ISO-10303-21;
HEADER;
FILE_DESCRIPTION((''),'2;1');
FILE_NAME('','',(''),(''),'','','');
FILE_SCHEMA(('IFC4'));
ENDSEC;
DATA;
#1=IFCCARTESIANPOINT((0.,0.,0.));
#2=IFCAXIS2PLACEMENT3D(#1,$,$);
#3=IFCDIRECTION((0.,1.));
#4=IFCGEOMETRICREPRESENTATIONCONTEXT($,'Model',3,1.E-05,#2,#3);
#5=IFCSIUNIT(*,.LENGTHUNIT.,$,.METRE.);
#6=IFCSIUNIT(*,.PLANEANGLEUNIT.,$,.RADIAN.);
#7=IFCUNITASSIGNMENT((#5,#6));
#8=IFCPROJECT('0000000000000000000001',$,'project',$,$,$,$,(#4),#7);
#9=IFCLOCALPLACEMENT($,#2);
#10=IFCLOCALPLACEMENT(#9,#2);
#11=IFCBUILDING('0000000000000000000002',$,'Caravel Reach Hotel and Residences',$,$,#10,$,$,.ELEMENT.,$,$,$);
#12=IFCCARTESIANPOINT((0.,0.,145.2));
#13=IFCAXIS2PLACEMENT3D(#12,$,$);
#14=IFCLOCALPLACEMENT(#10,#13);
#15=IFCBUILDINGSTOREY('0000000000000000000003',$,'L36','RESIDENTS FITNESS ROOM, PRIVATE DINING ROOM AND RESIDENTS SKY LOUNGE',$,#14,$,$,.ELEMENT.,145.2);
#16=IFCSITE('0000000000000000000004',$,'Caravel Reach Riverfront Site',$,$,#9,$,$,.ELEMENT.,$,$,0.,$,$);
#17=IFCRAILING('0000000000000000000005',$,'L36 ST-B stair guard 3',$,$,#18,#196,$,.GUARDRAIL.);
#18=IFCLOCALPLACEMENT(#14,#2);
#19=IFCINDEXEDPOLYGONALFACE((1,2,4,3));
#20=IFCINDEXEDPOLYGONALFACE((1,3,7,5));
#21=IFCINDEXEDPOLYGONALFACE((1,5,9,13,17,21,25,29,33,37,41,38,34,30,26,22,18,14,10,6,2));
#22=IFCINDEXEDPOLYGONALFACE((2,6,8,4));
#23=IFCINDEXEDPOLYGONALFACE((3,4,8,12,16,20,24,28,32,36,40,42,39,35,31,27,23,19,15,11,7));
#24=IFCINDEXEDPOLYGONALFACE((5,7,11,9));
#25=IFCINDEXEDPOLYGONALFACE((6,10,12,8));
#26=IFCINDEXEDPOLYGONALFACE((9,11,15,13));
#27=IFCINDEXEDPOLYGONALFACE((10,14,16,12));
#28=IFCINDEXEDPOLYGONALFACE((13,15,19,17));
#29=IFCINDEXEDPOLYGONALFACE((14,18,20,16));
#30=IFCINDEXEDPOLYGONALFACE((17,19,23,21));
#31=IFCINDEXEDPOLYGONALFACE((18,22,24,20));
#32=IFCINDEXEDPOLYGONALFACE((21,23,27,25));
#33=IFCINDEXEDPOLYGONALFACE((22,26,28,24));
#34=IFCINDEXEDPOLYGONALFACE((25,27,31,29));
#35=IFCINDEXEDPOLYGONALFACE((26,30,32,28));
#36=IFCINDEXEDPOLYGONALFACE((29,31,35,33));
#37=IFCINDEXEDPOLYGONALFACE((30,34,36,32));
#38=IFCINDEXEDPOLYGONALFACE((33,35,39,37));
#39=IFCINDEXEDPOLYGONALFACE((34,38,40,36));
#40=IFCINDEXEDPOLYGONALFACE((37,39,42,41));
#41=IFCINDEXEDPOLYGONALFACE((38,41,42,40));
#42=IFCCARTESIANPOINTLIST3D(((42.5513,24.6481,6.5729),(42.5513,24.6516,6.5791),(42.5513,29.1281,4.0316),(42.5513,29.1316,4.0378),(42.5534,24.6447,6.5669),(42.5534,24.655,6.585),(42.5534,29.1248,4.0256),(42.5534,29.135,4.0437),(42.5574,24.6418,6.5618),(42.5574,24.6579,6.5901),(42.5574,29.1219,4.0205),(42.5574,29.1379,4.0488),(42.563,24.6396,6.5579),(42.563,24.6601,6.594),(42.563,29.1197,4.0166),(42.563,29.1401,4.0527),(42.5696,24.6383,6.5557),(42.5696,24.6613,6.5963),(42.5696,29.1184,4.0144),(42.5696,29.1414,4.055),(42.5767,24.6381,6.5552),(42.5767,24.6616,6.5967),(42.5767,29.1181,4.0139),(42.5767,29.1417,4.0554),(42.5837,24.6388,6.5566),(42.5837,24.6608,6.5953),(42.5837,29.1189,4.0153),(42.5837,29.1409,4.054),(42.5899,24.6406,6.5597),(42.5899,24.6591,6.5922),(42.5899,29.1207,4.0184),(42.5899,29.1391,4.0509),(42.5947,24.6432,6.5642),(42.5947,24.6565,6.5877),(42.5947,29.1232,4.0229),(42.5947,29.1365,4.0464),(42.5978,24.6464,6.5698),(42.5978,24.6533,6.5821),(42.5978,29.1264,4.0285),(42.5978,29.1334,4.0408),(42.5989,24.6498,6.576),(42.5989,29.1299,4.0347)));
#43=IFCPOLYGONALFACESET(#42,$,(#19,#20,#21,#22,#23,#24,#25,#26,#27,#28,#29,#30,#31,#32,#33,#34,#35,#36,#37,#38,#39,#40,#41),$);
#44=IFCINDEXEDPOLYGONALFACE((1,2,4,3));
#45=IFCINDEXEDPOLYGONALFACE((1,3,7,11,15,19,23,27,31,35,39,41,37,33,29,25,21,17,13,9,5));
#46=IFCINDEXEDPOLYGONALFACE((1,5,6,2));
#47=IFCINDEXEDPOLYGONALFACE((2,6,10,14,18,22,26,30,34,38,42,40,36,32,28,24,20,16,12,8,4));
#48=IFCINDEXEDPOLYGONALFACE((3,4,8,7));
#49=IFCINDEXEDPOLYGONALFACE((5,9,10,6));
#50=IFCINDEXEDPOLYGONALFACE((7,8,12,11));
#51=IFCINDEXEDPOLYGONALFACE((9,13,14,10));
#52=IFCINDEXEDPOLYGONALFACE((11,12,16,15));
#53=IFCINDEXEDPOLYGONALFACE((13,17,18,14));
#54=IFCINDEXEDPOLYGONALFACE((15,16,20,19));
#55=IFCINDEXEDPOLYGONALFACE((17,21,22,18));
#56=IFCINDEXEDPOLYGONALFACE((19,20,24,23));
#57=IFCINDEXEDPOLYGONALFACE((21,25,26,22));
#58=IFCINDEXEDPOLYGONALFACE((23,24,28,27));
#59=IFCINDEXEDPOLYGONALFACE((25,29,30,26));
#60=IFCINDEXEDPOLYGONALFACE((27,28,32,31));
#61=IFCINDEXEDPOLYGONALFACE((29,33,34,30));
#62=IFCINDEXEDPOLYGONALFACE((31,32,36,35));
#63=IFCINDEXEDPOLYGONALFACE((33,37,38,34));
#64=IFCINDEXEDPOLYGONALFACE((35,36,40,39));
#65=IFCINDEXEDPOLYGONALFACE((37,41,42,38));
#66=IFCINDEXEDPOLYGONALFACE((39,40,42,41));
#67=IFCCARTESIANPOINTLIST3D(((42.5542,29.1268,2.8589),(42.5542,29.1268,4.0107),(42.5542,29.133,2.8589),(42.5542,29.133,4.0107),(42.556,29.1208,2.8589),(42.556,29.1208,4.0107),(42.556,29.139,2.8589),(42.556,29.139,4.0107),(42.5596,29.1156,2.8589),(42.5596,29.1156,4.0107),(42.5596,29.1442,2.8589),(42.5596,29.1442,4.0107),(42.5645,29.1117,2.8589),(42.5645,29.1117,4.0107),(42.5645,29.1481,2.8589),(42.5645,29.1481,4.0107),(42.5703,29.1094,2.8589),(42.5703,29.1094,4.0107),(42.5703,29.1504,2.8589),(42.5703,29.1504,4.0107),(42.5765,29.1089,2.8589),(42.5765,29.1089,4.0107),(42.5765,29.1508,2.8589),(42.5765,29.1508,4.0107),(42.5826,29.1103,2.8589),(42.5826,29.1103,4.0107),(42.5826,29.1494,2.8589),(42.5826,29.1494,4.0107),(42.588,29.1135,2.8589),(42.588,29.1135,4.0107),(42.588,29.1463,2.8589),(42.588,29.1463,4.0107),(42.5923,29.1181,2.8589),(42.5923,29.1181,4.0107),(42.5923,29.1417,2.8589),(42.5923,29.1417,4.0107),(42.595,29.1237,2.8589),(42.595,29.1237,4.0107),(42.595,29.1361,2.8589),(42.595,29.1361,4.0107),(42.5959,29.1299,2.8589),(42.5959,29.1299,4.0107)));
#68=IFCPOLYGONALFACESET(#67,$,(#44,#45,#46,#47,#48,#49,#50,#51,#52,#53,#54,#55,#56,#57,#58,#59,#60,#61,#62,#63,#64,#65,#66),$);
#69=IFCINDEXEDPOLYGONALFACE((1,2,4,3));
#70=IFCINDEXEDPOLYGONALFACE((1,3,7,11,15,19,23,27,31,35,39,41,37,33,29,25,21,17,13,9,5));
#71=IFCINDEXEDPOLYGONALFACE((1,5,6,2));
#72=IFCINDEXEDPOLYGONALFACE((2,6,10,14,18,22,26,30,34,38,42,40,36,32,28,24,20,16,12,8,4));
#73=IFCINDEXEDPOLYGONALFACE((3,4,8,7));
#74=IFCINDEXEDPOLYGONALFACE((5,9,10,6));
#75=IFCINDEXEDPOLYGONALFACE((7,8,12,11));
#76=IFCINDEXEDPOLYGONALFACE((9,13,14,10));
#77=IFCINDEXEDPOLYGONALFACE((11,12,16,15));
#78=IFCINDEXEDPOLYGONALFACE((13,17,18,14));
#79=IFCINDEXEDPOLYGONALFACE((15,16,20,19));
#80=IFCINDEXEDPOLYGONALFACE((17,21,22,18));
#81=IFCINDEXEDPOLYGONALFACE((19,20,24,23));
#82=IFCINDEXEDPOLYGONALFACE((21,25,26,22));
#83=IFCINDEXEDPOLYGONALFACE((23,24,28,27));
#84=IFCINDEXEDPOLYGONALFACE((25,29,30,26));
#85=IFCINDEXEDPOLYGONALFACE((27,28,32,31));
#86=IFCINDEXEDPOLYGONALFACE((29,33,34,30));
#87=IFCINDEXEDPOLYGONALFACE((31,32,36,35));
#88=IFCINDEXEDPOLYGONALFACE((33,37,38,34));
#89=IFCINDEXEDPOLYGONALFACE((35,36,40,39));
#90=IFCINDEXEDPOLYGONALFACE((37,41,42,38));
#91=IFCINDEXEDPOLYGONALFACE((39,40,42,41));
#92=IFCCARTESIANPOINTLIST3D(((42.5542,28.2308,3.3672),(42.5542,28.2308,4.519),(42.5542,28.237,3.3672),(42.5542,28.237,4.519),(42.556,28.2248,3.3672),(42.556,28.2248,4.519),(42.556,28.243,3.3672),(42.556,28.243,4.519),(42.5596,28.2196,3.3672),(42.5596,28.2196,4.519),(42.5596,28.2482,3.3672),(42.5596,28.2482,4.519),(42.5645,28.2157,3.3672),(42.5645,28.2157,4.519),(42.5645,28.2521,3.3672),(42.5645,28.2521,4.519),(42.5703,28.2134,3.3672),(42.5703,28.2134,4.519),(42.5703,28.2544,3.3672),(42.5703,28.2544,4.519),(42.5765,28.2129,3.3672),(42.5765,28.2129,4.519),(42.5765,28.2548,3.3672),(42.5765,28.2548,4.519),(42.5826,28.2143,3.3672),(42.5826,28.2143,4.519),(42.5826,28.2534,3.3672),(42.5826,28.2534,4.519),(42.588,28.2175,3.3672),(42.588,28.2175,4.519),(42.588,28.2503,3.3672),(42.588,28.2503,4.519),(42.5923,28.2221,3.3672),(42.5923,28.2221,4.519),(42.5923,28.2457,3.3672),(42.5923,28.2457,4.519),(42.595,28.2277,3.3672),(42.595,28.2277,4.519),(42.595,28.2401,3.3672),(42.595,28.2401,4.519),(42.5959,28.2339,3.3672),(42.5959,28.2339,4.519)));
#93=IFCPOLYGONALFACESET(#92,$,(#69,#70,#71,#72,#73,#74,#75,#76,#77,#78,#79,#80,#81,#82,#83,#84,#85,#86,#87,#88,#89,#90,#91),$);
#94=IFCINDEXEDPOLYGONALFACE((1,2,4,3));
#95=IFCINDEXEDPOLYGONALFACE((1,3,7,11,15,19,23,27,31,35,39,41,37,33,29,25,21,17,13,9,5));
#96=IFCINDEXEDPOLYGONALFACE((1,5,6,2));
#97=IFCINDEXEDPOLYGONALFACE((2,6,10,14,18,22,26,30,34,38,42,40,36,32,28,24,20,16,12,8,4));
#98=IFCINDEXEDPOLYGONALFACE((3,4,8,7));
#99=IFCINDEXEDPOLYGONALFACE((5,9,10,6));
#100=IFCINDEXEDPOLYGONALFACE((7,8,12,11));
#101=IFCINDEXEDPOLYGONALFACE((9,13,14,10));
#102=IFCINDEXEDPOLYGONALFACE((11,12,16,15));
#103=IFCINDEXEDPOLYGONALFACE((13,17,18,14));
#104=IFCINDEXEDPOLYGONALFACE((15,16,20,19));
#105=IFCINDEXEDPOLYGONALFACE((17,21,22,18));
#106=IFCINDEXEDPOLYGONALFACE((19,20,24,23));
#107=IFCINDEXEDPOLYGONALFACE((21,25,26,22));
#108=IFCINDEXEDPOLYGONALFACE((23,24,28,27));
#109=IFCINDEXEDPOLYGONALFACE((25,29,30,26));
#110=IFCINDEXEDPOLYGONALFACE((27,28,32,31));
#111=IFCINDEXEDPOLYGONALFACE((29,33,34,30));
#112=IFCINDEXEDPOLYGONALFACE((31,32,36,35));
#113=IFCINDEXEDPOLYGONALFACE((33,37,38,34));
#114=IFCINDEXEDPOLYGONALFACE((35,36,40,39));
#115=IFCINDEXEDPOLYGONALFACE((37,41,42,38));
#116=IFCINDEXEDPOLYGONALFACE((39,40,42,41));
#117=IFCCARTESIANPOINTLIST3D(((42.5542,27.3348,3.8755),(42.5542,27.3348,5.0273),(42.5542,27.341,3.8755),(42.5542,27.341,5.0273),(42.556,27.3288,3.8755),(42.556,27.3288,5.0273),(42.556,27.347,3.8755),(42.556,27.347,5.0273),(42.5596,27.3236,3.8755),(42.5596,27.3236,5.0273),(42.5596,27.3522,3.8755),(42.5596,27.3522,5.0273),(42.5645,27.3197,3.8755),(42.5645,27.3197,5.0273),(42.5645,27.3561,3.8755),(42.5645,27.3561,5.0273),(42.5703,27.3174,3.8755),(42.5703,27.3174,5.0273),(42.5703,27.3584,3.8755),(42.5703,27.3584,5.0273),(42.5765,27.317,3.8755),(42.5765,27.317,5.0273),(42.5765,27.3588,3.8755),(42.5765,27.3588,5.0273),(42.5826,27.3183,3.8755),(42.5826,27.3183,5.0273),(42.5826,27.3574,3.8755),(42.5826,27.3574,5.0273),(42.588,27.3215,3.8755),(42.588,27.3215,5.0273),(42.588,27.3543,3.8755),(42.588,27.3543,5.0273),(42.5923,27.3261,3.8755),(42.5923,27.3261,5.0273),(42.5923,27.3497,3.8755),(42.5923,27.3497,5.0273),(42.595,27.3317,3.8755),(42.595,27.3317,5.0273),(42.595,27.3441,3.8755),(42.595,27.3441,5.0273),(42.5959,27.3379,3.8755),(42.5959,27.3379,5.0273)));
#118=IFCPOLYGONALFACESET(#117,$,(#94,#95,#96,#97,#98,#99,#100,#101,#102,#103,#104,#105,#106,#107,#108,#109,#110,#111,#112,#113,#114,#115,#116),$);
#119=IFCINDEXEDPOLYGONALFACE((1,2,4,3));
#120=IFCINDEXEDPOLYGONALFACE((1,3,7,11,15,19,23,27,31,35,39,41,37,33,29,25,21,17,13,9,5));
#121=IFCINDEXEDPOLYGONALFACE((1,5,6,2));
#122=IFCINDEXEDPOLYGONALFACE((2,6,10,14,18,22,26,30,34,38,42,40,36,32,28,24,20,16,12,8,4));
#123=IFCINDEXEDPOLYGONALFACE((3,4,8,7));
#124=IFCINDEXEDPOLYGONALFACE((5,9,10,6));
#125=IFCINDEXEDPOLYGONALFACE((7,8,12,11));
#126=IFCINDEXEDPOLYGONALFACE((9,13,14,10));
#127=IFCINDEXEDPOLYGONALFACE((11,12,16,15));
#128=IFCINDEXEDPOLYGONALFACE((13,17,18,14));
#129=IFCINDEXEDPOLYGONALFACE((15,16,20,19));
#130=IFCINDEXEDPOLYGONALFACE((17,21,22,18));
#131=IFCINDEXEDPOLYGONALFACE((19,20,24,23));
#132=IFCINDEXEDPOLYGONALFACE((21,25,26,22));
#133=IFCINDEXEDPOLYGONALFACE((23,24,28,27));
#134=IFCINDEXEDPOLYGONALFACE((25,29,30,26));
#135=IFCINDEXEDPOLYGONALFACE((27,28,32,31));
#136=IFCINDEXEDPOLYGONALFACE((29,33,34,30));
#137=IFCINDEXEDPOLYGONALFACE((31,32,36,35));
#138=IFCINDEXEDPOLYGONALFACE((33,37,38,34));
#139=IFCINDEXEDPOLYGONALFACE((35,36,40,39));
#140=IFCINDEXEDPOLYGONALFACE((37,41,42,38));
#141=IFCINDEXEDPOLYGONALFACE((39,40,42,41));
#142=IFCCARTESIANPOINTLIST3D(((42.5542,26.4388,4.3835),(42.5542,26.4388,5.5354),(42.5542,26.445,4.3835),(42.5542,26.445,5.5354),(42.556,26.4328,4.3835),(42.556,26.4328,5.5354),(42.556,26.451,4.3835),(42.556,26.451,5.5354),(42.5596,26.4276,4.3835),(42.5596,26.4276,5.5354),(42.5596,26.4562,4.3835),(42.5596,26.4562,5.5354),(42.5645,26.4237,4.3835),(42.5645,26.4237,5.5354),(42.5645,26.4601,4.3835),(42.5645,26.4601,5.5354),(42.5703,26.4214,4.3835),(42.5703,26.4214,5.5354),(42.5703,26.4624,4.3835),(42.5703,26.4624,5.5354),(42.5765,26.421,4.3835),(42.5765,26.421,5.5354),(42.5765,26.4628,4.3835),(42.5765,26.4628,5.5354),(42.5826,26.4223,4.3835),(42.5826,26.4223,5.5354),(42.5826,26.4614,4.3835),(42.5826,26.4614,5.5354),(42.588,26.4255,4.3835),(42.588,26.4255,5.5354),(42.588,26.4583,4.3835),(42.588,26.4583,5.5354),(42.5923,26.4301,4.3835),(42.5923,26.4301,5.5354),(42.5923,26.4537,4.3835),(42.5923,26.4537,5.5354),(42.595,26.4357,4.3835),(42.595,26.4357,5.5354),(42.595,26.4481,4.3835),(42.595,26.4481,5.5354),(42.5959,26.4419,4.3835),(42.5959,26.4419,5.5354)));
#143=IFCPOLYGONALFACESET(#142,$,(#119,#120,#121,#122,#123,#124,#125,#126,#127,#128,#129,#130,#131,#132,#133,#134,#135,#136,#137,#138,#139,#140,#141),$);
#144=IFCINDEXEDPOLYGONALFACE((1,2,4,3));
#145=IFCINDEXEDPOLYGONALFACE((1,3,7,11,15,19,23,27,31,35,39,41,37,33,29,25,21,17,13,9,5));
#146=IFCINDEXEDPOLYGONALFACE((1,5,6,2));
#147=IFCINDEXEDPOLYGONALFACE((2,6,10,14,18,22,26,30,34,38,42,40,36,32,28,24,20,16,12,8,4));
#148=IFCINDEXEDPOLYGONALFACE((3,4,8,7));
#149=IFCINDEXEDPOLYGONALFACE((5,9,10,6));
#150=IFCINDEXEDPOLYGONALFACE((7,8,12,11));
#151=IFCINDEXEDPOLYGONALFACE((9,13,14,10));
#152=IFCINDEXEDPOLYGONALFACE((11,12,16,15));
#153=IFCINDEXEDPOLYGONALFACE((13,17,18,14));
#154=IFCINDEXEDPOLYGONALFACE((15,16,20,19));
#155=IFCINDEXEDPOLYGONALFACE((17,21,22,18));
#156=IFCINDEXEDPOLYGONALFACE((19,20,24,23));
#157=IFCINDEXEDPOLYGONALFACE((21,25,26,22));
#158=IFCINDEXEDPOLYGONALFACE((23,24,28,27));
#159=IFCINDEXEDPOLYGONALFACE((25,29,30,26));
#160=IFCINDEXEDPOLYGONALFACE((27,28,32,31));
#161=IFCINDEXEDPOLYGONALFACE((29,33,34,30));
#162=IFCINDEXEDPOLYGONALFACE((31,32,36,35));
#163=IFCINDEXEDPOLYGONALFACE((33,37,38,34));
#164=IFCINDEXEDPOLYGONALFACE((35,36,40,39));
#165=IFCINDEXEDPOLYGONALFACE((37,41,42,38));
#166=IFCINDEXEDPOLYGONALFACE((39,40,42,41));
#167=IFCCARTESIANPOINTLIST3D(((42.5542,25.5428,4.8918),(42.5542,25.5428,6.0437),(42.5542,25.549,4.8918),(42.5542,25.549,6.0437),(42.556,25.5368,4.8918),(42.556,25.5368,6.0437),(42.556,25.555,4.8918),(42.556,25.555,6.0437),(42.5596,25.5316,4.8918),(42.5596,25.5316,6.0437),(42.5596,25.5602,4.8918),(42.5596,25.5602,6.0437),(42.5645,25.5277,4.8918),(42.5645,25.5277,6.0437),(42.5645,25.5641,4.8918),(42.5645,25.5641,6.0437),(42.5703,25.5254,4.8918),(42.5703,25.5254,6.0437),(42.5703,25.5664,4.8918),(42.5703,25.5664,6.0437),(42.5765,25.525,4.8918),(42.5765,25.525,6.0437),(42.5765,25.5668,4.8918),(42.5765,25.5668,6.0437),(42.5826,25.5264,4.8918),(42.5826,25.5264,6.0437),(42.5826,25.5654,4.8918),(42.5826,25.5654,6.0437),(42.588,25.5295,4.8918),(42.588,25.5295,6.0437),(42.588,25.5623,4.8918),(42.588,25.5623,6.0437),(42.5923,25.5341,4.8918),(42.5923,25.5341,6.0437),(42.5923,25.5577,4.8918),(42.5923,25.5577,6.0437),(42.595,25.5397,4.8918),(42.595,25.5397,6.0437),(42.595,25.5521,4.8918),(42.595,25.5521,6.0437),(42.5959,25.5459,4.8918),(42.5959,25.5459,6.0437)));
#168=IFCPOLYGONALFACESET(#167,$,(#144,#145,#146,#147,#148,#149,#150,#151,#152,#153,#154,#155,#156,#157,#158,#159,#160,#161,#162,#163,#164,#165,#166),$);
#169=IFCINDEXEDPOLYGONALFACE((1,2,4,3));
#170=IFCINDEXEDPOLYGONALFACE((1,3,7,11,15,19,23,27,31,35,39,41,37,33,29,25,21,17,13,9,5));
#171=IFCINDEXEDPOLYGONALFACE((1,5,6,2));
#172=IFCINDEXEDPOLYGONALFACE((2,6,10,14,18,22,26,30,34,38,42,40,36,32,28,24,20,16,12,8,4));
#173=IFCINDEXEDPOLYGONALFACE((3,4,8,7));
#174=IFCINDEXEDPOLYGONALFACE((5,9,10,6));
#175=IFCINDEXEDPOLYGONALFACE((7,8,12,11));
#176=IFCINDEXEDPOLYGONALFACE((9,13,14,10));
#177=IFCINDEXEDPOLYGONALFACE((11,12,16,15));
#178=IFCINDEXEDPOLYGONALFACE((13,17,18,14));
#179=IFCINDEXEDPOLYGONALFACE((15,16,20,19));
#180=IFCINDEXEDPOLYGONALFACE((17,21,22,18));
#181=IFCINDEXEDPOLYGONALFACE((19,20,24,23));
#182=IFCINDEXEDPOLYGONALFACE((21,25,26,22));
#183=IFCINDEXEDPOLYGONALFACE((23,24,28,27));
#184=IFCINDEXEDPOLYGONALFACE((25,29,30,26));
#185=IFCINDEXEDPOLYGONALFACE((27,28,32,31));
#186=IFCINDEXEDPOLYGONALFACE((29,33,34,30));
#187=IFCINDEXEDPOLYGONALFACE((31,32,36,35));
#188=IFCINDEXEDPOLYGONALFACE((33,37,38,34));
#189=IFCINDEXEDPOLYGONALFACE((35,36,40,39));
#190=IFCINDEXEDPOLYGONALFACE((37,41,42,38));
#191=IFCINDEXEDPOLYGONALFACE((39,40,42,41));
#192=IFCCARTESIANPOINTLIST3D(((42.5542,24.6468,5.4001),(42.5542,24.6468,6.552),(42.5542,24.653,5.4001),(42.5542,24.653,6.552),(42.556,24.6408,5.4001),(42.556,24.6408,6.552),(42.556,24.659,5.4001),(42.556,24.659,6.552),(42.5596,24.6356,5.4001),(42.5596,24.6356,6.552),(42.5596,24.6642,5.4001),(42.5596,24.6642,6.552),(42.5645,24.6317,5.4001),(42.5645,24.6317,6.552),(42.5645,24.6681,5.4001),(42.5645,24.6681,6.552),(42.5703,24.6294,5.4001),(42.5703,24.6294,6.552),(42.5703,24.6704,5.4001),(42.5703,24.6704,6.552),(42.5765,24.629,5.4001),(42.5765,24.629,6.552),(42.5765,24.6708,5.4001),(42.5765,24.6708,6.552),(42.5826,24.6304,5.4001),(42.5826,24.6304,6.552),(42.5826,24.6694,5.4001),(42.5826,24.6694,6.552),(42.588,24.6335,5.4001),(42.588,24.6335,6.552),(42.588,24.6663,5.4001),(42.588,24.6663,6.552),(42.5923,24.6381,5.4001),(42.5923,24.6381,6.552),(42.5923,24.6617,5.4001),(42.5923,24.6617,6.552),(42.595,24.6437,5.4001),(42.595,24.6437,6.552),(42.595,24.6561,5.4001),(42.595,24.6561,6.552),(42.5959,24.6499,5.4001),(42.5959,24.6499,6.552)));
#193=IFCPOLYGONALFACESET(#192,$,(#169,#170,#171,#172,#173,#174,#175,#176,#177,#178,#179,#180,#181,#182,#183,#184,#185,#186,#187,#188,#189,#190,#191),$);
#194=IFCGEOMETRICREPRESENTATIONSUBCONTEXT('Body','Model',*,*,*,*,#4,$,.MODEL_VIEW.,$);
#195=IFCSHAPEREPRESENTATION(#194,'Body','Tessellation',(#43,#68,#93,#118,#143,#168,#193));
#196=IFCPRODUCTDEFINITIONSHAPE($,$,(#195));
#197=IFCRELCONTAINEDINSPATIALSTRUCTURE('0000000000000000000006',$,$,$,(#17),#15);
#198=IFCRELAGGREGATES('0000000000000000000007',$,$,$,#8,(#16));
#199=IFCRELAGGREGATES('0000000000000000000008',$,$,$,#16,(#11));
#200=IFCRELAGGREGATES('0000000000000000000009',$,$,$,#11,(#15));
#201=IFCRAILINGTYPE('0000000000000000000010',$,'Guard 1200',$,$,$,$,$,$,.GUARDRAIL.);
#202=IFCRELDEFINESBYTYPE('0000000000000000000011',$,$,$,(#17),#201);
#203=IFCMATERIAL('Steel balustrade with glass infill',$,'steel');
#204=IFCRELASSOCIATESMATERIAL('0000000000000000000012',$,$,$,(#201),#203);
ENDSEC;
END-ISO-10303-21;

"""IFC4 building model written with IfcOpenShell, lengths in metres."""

from ifc_helpers import new_model, si_unit, direction, frame, origin, origin_2d, place, context, subcontext, project, spatial, circle, extrude, material, type_object, element, save


model = new_model("IFC4")

# Units and contexts
model_context = context("Model", 3, precision=1e-05, world=origin(), true_north=direction((0.0, 1.0)))
body_context = subcontext(model_context, "Body", "Model", "MODEL_VIEW")
ifc_project = project(units=[si_unit("LENGTHUNIT", "METRE"), si_unit("PLANEANGLEUNIT", "RADIAN")], contexts=[model_context])

# Site, building, storey
site_placement = place(None, origin())
site = spatial("IfcSite", under=ifc_project, at=site_placement, Name="Caravel Reach Riverfront Site", CompositionType="ELEMENT", RefElevation=0.0)
building_placement = place(site_placement, origin())
building = spatial("IfcBuilding", under=site, at=building_placement, Name="Caravel Reach Hotel and Residences", CompositionType="ELEMENT")
storey_placement = place(building_placement, frame((0.0, 0.0, 145.2)))
storey = spatial("IfcBuildingStorey", under=building, at=storey_placement, Name="L36", Description="RESIDENTS FITNESS ROOM, PRIVATE DINING ROOM AND RESIDENTS SKY LOUNGE", CompositionType="ELEMENT", Elevation=145.2)

# Railing
ifc_material_1 = material(Name="Steel balustrade with glass infill", Category="steel")
railing_type_1 = type_object("IfcRailingType", Name="Guard 1200", PredefinedType="GUARDRAIL", material=ifc_material_1)
railing_1_placement = place(storey_placement, frame((42.575, 29.1299, 2.8589)))
element("IfcRailing", 1, at=railing_1_placement, inside=storey, type_object=railing_type_1, Name="L36 ST-B stair guard 3", PredefinedType="GUARDRAIL", context=body_context, shape_type="SweptSolid", body=[
    extrude(circle(Radius=0.0239, at=origin_2d()), frame((0.0, 0.0, 1.1758), z_axis=(0.0, -0.869805, 0.493395), x_axis=(1.0, 0.0, 0.0)), (0.0, 0.0, 1.0), 5.1506),
    extrude(circle(Radius=0.021, at=origin_2d()), origin(), (0.0, 0.0, 1.0), 1.1519),
    extrude(circle(Radius=0.021, at=origin_2d()), frame((0.0, -0.896, 0.5083)), (0.0, 0.0, 1.0), 1.1519),
    extrude(circle(Radius=0.021, at=origin_2d()), frame((0.0, -1.792, 1.0166)), (0.0, 0.0, 1.0), 1.1519),
    extrude(circle(Radius=0.021, at=origin_2d()), frame((0.0, -2.688, 1.5247)), (0.0, 0.0, 1.0), 1.1519),
    extrude(circle(Radius=0.021, at=origin_2d()), frame((0.0, -3.584, 2.033)), (0.0, 0.0, 1.0), 1.1519),
    extrude(circle(Radius=0.021, at=origin_2d()), frame((0.0, -4.48, 2.5413)), (0.0, 0.0, 1.0), 1.1519),
])

save(model, "model.ifc")
